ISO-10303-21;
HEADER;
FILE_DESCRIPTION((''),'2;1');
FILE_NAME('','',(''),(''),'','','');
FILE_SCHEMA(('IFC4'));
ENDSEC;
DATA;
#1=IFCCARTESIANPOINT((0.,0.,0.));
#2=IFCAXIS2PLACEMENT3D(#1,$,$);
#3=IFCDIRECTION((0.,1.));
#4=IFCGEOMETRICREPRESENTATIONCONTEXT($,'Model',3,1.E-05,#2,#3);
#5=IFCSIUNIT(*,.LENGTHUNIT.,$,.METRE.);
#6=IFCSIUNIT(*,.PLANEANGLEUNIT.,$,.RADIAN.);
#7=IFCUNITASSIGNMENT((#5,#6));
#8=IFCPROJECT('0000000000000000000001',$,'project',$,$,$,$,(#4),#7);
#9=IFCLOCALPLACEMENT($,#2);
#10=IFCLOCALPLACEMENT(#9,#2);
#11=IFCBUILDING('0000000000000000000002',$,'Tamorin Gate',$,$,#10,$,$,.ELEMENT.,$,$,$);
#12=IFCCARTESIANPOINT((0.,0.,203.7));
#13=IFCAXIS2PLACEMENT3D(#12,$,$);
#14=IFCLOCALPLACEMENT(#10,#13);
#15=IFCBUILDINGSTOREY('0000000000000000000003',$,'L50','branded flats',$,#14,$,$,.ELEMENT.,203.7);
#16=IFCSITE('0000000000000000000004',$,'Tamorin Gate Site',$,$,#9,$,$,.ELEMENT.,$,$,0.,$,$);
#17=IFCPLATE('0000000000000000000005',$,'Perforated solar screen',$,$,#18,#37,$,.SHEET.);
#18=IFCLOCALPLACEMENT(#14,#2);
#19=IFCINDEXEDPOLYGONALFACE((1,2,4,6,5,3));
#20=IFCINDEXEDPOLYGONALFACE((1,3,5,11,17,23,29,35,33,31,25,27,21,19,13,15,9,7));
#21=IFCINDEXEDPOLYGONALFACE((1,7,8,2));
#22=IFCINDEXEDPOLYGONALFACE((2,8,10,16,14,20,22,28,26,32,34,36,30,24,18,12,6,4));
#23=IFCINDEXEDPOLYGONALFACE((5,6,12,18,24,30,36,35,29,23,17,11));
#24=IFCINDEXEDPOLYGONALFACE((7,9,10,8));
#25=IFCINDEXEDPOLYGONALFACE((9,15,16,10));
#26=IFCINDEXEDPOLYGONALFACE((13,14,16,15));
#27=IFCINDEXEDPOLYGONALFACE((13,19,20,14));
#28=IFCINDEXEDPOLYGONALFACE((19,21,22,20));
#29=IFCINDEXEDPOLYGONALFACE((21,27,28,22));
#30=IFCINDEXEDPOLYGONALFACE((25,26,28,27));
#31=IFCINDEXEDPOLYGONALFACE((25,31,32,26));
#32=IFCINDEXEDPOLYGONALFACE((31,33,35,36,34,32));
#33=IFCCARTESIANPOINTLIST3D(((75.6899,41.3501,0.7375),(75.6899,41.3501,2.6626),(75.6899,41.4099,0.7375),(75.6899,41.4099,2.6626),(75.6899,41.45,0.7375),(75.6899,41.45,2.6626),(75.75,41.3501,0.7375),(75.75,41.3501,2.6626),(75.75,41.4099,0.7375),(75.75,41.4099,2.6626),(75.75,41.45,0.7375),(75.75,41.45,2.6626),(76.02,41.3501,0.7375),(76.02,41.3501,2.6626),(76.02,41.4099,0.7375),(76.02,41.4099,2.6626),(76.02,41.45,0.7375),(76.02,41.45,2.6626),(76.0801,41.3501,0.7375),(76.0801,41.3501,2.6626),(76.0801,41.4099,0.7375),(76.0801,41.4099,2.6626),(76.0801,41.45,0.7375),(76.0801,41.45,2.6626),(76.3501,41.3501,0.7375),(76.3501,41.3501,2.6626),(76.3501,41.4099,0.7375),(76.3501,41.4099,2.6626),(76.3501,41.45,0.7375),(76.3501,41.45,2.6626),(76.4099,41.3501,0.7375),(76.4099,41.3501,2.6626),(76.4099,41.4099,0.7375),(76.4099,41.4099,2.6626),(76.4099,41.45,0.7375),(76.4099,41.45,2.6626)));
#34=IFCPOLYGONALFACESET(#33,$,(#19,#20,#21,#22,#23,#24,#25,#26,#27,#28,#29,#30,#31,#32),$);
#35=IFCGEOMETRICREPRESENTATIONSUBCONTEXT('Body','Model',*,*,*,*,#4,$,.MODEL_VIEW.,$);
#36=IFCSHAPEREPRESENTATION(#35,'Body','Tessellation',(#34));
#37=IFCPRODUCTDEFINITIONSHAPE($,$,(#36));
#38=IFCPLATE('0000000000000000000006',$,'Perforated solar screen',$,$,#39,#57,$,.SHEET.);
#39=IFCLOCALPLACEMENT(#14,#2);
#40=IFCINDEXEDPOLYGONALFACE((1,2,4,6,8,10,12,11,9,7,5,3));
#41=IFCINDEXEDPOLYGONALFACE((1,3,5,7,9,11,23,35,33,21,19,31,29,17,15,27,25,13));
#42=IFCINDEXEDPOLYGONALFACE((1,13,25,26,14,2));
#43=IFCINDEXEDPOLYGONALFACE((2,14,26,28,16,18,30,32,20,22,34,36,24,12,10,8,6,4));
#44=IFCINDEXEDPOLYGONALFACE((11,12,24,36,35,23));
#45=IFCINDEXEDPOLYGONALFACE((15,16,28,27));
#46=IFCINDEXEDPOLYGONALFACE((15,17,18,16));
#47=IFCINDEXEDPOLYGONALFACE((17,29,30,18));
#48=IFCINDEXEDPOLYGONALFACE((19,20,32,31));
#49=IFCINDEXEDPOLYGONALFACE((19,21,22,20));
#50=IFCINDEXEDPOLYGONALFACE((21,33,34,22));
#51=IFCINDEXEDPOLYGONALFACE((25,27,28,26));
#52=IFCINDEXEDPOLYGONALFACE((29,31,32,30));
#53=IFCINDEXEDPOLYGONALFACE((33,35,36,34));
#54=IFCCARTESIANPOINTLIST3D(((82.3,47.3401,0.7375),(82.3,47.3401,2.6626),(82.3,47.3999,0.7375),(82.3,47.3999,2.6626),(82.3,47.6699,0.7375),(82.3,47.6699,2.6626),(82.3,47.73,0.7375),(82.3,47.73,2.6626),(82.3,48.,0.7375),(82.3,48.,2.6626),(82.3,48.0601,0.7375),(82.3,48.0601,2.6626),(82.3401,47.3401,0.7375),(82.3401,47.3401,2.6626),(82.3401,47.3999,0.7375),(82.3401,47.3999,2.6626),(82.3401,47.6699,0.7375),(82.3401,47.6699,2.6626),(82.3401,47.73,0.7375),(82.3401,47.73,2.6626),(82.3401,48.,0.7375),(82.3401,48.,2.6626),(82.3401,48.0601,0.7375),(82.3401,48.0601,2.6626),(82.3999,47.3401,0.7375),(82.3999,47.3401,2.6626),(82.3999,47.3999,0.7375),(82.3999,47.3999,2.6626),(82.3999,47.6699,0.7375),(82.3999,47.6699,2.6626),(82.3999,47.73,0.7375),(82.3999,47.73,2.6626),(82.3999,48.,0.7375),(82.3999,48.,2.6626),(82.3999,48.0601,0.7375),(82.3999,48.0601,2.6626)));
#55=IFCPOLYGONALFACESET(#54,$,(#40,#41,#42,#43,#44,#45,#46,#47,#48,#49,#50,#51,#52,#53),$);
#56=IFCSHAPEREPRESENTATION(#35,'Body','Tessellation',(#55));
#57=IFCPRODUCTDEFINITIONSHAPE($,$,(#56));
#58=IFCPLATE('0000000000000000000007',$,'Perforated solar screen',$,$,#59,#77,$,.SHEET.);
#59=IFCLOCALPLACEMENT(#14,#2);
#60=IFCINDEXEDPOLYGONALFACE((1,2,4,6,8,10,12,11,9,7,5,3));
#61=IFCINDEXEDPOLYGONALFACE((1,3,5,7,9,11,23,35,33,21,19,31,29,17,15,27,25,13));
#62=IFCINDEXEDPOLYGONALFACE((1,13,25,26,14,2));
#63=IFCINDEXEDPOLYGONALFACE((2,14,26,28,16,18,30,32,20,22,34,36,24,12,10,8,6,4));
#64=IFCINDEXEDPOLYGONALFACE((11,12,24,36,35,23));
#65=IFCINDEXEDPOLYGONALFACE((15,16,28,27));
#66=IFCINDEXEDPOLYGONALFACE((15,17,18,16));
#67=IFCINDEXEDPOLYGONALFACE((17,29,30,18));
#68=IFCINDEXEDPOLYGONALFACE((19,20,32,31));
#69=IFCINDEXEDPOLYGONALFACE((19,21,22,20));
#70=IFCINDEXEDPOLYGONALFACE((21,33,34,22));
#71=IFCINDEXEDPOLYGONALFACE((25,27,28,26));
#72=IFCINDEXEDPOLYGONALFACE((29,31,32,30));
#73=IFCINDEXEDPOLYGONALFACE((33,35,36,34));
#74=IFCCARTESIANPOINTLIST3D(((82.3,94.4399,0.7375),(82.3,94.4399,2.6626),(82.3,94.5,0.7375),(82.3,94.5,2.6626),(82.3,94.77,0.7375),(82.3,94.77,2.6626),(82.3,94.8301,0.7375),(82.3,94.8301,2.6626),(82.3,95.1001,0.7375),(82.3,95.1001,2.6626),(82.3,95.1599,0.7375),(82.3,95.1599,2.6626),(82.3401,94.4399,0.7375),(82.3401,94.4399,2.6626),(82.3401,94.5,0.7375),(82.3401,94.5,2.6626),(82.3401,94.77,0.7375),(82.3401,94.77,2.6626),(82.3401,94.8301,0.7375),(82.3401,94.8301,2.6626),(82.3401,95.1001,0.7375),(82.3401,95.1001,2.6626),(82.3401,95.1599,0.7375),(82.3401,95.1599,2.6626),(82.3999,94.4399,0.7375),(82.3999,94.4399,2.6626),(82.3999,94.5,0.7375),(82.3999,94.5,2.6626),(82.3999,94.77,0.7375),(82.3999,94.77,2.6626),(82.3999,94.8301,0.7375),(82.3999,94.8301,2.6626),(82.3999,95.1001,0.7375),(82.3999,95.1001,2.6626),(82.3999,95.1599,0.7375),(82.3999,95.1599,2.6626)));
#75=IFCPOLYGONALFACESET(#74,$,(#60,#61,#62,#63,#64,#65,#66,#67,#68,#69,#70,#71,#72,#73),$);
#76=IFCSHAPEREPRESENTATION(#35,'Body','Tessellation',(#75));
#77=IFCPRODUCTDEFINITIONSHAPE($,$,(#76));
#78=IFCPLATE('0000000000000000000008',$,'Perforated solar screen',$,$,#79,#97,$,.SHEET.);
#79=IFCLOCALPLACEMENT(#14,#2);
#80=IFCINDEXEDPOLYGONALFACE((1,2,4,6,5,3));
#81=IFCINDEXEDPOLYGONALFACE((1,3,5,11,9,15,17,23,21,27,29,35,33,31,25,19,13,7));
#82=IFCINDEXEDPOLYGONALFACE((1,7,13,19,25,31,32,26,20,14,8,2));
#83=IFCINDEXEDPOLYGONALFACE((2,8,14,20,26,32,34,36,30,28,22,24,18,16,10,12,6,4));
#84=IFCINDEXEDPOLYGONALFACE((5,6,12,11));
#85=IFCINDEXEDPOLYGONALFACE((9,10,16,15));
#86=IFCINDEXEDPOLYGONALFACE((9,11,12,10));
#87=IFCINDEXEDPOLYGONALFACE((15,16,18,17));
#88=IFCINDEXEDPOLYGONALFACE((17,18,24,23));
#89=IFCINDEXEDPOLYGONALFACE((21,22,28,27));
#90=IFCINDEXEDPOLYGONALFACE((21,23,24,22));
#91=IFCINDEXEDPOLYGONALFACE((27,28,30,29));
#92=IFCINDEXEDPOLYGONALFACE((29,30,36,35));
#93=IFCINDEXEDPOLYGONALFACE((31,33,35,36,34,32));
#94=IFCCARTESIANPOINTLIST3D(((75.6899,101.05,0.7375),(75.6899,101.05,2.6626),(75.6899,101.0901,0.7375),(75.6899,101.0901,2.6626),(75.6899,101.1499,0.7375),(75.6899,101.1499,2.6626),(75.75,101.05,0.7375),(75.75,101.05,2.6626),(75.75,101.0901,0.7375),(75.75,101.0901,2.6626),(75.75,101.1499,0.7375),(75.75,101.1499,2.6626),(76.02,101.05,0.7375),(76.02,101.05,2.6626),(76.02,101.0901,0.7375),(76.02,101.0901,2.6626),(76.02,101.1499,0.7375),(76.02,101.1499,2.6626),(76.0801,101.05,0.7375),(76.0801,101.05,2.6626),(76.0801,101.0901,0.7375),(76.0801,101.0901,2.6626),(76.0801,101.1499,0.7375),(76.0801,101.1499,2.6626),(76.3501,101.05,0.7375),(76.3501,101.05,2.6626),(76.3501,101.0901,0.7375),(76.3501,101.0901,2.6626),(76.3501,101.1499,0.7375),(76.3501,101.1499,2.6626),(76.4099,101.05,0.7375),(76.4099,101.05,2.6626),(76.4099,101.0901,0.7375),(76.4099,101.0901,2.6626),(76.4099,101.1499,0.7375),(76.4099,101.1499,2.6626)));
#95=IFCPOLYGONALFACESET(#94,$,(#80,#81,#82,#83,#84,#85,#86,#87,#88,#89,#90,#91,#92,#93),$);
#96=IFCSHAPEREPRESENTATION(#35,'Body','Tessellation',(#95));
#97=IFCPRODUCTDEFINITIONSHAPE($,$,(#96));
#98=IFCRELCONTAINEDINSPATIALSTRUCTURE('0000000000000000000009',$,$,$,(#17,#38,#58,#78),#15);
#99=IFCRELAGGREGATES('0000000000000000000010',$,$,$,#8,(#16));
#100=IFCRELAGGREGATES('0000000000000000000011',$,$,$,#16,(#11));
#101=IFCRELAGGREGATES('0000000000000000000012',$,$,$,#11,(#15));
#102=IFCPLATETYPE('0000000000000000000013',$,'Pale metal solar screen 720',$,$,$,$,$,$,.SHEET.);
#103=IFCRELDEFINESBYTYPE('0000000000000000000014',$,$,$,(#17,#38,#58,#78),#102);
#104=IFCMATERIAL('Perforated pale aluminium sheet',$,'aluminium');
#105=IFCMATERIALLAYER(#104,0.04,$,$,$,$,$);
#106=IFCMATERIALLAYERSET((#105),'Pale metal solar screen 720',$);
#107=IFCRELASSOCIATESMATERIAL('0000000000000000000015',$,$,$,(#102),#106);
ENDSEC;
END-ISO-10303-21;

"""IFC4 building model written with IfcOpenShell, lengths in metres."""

from ifc_helpers import new_model, si_unit, direction, frame, origin, place, context, subcontext, project, spatial, polyline, outline, extrude, material, layer, layer_set, type_object, element, save


model = new_model("IFC4")

# Units and contexts
model_context = context("Model", 3, precision=1e-05, world=origin(), true_north=direction((0.0, 1.0)))
body_context = subcontext(model_context, "Body", "Model", "MODEL_VIEW")
ifc_project = project(units=[si_unit("LENGTHUNIT", "METRE"), si_unit("PLANEANGLEUNIT", "RADIAN")], contexts=[model_context])

# Site, building, storey
site_placement = place(None, origin())
site = spatial("IfcSite", under=ifc_project, at=site_placement, Name="Tamorin Gate Site", CompositionType="ELEMENT", RefElevation=0.0)
building_placement = place(site_placement, origin())
building = spatial("IfcBuilding", under=site, at=building_placement, Name="Tamorin Gate", CompositionType="ELEMENT")
storey_placement = place(building_placement, frame((0.0, 0.0, 203.7)))
storey = spatial("IfcBuildingStorey", under=building, at=storey_placement, Name="L50", Description="branded flats", CompositionType="ELEMENT", Elevation=203.7)

# Plates
ifc_material_1 = material(Name="Perforated pale aluminium sheet", Category="aluminium")
ifc_layer_1 = layer(ifc_material_1, 0.04)
ifc_layer_set_1 = layer_set([ifc_layer_1], Name="Pale metal solar screen 720")
plate_type_1 = type_object("IfcPlateType", Name="Pale metal solar screen 720", PredefinedType="SHEET", material=ifc_layer_set_1)
plate_1_placement = place(storey_placement, frame((0.0, 0.0, 0.7375)))
element("IfcPlate", 1, at=plate_1_placement, inside=storey, type_object=plate_type_1, Name="Perforated solar screen", PredefinedType="SHEET", context=body_context, shape_type="SweptSolid", body=[
    extrude(outline(polyline([(75.6899, 41.4099), (75.6899, 41.45), (75.75, 41.45), (76.02, 41.45), (76.0801, 41.45), (76.3501, 41.45), (76.4099, 41.45), (76.4099, 41.4099), (76.4099, 41.3501), (76.3501, 41.3501), (76.3501, 41.4099), (76.0801, 41.4099), (76.0801, 41.3501), (76.02, 41.3501), (76.02, 41.4099), (75.75, 41.4099), (75.75, 41.3501), (75.6899, 41.3501), (75.6899, 41.4099)])), origin(), (0.0, 0.0, 1.0), 1.925),
])
plate_2_placement = place(storey_placement, frame((0.0, 0.0, 0.7375)))
element("IfcPlate", 2, at=plate_2_placement, inside=storey, type_object=plate_type_1, Name="Perforated solar screen", PredefinedType="SHEET", context=body_context, shape_type="SweptSolid", body=[
    extrude(outline(polyline([(82.3401, 47.3401), (82.3, 47.3401), (82.3, 47.3999), (82.3, 47.6699), (82.3, 47.73), (82.3, 48.0), (82.3, 48.0601), (82.3401, 48.0601), (82.3999, 48.0601), (82.3999, 48.0), (82.3401, 48.0), (82.3401, 47.73), (82.3999, 47.73), (82.3999, 47.6699), (82.3401, 47.6699), (82.3401, 47.3999), (82.3999, 47.3999), (82.3999, 47.3401), (82.3401, 47.3401)])), origin(), (0.0, 0.0, 1.0), 1.925),
])
plate_3_placement = place(storey_placement, frame((0.0, 0.0, 0.7375)))
element("IfcPlate", 3, at=plate_3_placement, inside=storey, type_object=plate_type_1, Name="Perforated solar screen", PredefinedType="SHEET", context=body_context, shape_type="SweptSolid", body=[
    extrude(outline(polyline([(82.3401, 94.4399), (82.3, 94.4399), (82.3, 94.5), (82.3, 94.77), (82.3, 94.8301), (82.3, 95.1001), (82.3, 95.1599), (82.3401, 95.1599), (82.3999, 95.1599), (82.3999, 95.1001), (82.3401, 95.1001), (82.3401, 94.8301), (82.3999, 94.8301), (82.3999, 94.77), (82.3401, 94.77), (82.3401, 94.5), (82.3999, 94.5), (82.3999, 94.4399), (82.3401, 94.4399)])), origin(), (0.0, 0.0, 1.0), 1.925),
])
plate_4_placement = place(storey_placement, frame((0.0, 0.0, 0.7375)))
element("IfcPlate", 4, at=plate_4_placement, inside=storey, type_object=plate_type_1, Name="Perforated solar screen", PredefinedType="SHEET", context=body_context, shape_type="SweptSolid", body=[
    extrude(outline(polyline([(76.4099, 101.0901), (76.4099, 101.05), (76.3501, 101.05), (76.0801, 101.05), (76.02, 101.05), (75.75, 101.05), (75.6899, 101.05), (75.6899, 101.0901), (75.6899, 101.1499), (75.75, 101.1499), (75.75, 101.0901), (76.02, 101.0901), (76.02, 101.1499), (76.0801, 101.1499), (76.0801, 101.0901), (76.3501, 101.0901), (76.3501, 101.1499), (76.4099, 101.1499), (76.4099, 101.0901)])), origin(), (0.0, 0.0, 1.0), 1.925),
])

save(model, "model.ifc")
